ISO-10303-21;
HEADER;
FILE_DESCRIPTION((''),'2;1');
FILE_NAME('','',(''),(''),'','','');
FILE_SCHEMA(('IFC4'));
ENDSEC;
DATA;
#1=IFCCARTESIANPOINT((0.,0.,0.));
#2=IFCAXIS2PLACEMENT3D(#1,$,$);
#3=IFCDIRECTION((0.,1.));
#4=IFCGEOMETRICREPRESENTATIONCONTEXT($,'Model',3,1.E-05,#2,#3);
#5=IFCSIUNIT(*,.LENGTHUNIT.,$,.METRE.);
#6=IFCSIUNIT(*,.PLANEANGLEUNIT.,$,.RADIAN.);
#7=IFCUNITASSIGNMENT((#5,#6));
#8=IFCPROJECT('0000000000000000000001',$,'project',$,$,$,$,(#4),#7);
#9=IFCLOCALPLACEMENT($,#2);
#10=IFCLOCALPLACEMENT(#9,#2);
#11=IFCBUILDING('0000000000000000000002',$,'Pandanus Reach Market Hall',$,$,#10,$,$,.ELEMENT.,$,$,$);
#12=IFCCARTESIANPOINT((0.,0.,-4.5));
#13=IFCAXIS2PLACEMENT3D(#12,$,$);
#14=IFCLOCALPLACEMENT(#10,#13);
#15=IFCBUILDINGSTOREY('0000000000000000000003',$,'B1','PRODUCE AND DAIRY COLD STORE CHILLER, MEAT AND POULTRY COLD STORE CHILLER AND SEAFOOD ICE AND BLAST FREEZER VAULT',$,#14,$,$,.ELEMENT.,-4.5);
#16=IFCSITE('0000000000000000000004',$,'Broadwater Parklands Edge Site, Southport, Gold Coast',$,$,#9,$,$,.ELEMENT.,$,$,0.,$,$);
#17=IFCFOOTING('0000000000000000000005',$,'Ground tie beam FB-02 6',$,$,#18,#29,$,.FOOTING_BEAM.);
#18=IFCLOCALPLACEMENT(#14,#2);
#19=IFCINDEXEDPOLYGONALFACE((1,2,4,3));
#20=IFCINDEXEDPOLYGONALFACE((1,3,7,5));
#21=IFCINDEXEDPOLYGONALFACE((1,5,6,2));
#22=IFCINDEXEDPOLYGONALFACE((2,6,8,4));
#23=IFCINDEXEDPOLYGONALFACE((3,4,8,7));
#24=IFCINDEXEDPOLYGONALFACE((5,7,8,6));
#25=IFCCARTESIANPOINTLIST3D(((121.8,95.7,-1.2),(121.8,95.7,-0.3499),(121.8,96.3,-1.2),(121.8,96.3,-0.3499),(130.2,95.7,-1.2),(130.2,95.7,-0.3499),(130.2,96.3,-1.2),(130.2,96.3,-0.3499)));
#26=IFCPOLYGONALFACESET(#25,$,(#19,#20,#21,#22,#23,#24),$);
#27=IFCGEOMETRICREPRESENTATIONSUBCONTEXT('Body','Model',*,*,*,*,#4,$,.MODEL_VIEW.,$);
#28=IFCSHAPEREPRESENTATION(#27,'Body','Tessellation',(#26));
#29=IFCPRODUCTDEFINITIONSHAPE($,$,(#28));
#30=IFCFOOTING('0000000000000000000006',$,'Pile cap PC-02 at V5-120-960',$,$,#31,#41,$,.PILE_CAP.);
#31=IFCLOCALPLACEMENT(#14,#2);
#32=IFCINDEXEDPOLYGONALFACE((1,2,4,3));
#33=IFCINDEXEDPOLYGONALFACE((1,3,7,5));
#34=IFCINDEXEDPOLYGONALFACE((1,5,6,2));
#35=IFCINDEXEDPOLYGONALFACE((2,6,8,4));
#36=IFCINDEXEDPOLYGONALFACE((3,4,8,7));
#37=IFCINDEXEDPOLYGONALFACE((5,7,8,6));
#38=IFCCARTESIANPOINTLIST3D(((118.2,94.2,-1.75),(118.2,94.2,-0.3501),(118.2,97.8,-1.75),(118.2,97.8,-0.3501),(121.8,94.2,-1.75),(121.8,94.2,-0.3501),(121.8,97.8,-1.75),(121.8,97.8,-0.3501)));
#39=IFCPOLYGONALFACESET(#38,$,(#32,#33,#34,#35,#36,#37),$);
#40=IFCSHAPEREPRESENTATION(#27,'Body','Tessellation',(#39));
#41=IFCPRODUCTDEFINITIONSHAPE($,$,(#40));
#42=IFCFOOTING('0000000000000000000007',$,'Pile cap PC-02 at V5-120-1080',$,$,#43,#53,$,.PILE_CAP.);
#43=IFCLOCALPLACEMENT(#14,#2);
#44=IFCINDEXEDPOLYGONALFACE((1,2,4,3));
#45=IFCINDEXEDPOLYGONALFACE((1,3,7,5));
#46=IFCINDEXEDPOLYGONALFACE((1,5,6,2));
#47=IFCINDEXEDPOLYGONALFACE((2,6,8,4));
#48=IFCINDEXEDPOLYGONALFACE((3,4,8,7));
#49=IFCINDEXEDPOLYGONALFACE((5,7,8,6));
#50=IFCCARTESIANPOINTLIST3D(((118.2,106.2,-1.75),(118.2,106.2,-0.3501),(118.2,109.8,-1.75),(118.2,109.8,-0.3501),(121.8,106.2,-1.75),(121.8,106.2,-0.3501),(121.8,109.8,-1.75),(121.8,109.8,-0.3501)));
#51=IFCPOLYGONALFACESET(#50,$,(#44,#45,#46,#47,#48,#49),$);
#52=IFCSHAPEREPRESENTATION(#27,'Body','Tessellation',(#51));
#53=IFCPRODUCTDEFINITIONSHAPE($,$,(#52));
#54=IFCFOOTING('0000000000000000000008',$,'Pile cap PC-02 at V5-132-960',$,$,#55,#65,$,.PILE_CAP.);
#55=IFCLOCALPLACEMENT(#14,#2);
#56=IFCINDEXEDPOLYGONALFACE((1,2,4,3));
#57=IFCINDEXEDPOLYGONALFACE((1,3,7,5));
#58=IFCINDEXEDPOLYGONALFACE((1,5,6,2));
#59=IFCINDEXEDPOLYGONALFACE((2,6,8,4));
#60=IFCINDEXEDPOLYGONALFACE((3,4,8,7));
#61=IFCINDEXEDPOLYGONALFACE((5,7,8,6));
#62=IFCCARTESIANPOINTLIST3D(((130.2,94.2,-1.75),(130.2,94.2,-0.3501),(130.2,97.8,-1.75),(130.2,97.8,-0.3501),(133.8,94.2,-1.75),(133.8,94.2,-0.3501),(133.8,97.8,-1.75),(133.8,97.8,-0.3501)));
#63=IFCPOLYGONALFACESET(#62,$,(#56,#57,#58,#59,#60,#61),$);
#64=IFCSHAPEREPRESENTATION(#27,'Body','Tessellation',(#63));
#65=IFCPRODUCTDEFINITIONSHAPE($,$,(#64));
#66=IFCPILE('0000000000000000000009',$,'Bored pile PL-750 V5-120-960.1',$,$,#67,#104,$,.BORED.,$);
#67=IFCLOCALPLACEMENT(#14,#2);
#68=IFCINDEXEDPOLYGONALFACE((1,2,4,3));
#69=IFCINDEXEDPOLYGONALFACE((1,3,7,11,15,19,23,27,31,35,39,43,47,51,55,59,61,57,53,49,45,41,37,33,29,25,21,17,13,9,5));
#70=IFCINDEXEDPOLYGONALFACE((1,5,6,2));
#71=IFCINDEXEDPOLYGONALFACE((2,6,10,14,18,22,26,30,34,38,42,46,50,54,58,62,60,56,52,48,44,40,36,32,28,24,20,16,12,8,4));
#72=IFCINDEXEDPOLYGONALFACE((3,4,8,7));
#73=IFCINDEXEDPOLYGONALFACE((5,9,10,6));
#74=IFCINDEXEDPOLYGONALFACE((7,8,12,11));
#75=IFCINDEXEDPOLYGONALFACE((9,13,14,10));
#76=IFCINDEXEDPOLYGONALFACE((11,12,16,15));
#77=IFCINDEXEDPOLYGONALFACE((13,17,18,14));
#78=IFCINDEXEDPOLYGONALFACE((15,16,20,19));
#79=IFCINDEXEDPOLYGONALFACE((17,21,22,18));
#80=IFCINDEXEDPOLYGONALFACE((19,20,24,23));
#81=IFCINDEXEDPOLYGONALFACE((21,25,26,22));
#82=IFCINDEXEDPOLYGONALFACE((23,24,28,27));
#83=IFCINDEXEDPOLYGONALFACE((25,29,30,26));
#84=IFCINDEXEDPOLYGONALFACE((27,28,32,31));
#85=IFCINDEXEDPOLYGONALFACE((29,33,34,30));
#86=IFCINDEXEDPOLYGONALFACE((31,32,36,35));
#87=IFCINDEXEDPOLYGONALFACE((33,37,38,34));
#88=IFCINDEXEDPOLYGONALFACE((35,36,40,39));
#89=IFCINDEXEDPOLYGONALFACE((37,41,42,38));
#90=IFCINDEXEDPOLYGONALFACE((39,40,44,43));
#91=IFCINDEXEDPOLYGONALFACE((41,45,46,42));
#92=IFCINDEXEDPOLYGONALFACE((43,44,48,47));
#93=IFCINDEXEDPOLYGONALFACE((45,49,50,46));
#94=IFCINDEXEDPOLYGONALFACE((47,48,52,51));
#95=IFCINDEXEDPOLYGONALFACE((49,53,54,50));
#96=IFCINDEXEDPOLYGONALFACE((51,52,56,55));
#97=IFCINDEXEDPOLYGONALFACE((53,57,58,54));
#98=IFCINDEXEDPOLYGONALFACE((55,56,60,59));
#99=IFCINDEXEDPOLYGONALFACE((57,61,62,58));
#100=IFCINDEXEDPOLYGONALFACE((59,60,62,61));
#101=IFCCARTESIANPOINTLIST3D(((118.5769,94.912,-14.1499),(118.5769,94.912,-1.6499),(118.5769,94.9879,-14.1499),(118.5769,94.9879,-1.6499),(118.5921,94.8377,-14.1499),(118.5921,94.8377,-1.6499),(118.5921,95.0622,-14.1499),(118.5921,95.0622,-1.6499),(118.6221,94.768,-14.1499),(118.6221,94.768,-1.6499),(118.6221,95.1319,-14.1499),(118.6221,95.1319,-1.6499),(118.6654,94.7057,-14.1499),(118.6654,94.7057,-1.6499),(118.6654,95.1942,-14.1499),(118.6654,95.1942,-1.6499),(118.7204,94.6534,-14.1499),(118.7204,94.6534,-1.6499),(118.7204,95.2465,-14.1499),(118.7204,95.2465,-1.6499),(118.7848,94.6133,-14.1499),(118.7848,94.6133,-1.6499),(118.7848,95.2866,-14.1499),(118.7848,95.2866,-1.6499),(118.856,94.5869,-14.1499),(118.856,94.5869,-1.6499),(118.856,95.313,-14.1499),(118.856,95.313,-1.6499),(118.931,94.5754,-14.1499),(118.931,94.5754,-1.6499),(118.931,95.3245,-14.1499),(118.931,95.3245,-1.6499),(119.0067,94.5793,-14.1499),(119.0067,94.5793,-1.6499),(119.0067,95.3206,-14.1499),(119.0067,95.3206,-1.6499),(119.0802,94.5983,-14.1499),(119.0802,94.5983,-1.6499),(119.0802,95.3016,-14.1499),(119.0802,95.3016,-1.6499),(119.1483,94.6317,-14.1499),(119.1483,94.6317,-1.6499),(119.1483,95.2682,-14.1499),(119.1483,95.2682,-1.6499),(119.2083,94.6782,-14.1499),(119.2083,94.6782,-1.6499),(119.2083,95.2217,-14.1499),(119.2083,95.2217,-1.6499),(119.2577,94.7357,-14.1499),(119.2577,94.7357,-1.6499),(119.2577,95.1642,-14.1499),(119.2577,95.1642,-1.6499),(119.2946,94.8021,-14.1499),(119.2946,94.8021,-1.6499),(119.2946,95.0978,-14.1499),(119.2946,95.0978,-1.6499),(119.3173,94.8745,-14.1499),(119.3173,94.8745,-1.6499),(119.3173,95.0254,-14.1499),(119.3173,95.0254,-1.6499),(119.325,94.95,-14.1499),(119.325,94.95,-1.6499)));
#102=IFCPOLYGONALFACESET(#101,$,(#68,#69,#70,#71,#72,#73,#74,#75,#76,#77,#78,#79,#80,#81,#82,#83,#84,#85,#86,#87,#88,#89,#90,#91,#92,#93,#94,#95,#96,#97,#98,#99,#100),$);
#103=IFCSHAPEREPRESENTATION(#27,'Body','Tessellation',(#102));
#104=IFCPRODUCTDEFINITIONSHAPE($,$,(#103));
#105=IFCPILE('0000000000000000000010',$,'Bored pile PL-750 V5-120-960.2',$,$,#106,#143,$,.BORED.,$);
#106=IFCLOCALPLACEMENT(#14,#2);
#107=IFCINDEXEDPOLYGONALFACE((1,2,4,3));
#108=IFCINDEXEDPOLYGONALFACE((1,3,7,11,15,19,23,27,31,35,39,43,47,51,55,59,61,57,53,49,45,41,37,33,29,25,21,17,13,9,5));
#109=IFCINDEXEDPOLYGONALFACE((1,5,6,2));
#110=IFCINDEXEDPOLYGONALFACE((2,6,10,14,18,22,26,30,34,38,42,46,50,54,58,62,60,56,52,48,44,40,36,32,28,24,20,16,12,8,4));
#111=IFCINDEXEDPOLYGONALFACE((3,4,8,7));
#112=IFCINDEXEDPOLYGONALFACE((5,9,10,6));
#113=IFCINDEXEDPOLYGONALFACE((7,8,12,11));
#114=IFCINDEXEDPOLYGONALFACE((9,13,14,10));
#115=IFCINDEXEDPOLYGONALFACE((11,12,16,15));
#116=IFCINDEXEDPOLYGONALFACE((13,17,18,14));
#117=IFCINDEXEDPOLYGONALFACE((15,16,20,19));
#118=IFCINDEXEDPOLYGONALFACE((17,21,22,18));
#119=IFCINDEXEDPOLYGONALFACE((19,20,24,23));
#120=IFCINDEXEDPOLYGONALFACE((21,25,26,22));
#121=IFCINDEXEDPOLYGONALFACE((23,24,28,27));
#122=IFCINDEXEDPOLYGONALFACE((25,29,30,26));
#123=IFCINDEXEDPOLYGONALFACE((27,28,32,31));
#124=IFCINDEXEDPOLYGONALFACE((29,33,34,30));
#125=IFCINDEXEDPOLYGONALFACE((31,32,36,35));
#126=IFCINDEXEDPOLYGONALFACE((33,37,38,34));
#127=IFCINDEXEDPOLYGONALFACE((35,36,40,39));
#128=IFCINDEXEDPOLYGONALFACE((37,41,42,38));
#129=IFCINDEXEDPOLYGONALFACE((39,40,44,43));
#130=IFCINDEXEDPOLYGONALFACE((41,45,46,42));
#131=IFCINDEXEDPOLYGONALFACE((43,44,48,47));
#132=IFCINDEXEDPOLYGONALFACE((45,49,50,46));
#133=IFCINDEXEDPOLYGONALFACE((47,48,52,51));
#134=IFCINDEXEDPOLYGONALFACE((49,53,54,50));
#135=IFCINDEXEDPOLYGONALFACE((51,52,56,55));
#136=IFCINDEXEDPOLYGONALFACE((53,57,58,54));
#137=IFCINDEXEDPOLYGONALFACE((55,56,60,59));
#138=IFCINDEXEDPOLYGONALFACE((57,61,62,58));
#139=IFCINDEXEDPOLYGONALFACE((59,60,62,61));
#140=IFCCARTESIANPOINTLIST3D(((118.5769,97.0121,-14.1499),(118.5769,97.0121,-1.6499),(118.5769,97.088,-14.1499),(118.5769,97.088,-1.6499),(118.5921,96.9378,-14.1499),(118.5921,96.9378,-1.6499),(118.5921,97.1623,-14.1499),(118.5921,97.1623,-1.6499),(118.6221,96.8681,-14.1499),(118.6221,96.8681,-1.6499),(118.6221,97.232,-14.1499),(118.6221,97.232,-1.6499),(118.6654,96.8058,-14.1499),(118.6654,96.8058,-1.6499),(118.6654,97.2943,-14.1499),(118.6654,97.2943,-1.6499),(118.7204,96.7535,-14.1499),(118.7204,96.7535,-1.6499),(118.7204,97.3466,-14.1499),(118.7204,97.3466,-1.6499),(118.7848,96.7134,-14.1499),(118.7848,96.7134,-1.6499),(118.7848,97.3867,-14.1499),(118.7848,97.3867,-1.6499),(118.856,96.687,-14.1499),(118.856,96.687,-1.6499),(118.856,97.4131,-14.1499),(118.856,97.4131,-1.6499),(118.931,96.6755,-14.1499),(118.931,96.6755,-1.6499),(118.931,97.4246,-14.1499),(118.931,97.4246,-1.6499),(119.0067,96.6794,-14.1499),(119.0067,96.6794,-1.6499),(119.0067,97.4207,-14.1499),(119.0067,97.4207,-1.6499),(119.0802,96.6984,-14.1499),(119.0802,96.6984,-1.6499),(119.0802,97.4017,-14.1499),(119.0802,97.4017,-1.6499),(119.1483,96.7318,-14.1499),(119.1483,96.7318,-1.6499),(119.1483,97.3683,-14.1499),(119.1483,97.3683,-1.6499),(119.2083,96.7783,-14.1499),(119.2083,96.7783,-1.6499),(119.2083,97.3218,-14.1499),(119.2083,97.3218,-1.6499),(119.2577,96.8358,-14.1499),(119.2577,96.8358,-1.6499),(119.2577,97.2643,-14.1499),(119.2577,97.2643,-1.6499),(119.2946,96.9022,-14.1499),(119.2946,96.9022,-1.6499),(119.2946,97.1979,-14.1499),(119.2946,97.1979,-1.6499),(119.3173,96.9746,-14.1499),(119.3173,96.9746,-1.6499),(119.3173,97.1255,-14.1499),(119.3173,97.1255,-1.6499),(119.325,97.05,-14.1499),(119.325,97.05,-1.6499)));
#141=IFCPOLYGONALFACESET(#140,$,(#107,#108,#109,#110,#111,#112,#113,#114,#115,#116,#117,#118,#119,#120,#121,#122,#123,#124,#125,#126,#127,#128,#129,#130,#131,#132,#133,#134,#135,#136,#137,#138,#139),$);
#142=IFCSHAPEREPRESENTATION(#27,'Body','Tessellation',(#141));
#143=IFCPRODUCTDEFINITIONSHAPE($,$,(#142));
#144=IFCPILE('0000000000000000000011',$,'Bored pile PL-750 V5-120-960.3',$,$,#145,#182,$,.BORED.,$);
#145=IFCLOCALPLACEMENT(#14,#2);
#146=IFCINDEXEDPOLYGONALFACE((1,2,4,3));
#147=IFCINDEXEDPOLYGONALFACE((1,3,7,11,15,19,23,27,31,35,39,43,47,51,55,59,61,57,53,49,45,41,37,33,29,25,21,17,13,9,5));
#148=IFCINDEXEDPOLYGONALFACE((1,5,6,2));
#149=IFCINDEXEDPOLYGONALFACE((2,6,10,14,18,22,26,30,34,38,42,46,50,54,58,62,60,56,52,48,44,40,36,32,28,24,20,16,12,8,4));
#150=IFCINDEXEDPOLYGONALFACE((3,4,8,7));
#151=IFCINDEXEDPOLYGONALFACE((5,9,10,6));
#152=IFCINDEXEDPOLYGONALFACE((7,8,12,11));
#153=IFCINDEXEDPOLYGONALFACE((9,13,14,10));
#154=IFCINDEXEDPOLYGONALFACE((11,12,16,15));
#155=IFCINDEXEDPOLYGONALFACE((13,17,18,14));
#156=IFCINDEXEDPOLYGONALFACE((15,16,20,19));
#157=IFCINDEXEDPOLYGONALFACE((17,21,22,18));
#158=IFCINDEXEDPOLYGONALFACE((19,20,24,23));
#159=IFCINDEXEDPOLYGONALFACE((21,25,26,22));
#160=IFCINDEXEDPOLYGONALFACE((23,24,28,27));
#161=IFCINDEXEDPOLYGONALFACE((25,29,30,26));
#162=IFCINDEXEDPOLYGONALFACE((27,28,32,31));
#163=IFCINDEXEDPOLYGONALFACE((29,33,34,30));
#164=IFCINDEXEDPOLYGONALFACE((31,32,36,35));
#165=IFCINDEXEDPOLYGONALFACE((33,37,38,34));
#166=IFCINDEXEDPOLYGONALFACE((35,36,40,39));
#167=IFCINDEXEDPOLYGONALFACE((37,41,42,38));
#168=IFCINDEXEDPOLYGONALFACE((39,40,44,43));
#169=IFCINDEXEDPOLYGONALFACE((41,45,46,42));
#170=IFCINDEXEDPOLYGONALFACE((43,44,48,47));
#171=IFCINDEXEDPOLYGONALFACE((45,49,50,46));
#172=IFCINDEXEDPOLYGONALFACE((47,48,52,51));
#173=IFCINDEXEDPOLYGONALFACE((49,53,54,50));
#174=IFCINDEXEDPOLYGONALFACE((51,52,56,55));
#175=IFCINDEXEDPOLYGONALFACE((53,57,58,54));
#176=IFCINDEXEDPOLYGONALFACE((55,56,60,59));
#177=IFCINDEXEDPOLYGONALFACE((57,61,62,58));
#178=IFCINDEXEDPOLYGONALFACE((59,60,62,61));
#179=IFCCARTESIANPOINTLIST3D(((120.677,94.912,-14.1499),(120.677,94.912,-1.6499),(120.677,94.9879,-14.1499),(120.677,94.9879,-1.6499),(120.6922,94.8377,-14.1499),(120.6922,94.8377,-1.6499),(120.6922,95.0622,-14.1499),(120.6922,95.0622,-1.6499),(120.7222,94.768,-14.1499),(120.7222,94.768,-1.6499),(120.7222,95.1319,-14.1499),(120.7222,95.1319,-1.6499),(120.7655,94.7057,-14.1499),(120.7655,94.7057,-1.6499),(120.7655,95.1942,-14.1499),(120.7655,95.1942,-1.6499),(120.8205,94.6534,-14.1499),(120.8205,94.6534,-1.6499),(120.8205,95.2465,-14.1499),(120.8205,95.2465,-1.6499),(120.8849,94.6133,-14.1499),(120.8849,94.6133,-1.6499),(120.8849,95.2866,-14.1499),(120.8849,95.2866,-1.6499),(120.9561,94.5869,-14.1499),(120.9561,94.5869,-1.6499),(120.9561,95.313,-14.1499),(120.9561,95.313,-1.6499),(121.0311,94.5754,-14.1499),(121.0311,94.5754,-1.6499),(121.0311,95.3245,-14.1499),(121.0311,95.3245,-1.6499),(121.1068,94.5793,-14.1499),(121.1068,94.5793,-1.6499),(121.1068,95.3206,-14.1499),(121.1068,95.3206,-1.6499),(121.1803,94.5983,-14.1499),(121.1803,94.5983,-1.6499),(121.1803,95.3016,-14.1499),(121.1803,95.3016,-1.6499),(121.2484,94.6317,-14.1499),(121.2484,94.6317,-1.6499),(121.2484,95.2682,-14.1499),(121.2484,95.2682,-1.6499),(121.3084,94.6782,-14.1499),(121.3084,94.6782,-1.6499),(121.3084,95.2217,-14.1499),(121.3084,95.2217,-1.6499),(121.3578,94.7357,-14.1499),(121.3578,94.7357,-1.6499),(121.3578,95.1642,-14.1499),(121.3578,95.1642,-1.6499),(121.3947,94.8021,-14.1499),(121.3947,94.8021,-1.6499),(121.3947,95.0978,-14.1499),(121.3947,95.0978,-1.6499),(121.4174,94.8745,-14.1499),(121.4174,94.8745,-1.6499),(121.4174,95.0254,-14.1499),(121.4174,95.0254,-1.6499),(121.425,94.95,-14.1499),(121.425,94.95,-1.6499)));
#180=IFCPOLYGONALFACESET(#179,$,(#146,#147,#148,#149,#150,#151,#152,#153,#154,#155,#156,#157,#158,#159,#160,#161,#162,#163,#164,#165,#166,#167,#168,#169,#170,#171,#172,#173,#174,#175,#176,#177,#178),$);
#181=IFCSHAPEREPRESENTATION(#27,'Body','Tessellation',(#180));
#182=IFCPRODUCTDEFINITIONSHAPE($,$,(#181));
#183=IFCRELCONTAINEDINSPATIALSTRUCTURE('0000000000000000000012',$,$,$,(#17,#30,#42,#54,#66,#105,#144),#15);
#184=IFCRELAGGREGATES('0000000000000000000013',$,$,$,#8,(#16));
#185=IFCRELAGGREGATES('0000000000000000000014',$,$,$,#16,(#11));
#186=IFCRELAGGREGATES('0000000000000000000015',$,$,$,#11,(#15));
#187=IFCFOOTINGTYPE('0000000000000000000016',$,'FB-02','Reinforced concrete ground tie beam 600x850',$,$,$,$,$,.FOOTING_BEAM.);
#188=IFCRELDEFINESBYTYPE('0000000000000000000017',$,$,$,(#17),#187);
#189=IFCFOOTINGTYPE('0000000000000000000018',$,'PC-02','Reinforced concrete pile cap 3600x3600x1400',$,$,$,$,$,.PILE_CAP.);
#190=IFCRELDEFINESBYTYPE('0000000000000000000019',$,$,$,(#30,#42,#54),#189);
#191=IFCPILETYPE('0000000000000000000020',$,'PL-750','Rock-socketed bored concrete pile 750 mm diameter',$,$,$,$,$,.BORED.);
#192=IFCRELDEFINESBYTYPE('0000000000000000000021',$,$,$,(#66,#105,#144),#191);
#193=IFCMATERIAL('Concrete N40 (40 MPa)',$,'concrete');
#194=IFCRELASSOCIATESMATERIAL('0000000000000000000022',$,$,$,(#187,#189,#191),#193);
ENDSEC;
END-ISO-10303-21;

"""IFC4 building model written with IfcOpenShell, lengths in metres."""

from ifc_helpers import new_model, si_unit, direction, frame, origin, origin_2d, place, context, subcontext, project, spatial, rectangle, circle, extrude, material, material_profile, profile_set, type_object, element, save


model = new_model("IFC4")

# Units and contexts
model_context = context("Model", 3, precision=1e-05, world=origin(), true_north=direction((0.0, 1.0)))
body_context = subcontext(model_context, "Body", "Model", "MODEL_VIEW")
ifc_project = project(units=[si_unit("LENGTHUNIT", "METRE"), si_unit("PLANEANGLEUNIT", "RADIAN")], contexts=[model_context])

# Site, building, storey
site_placement = place(None, origin())
site = spatial("IfcSite", under=ifc_project, at=site_placement, Name="Broadwater Parklands Edge Site, Southport, Gold Coast", CompositionType="ELEMENT", RefElevation=0.0)
building_placement = place(site_placement, origin())
building = spatial("IfcBuilding", under=site, at=building_placement, Name="Pandanus Reach Market Hall", CompositionType="ELEMENT")
storey_placement = place(building_placement, frame((0.0, 0.0, -4.5)))
storey = spatial("IfcBuildingStorey", under=building, at=storey_placement, Name="B1", Description="PRODUCE AND DAIRY COLD STORE CHILLER, MEAT AND POULTRY COLD STORE CHILLER AND SEAFOOD ICE AND BLAST FREEZER VAULT", CompositionType="ELEMENT", Elevation=-4.5)

# Footings
ifc_material_1 = material(Name="Concrete N40 (40 MPa)", Category="concrete")
footing_type_1 = type_object("IfcFootingType", Name="FB-02", Description="Reinforced concrete ground tie beam 600x850", PredefinedType="FOOTING_BEAM", material=ifc_material_1)
footing_placement = place(storey_placement, frame((126.0, 96.0, -1.2), z_axis=(0.0, 0.0, 1.0), x_axis=(1.0, 0.0, 0.0)))
element("IfcFooting", 1, at=footing_placement, inside=storey, type_object=footing_type_1, Name="Ground tie beam FB-02 6", PredefinedType="FOOTING_BEAM", context=body_context, shape_type="SweptSolid", body=[
    extrude(rectangle(XDim=8.3999, YDim=0.6001, at=origin_2d()), origin(), (0.0, 0.0, 1.0), 0.8501),
])
footing_type_2 = type_object("IfcFootingType", Name="PC-02", Description="Reinforced concrete pile cap 3600x3600x1400", PredefinedType="PILE_CAP", material=ifc_material_1)
for number, where, z_axis, x_axis, name in (
    (2, (120.0, 96.0, -1.75), (0.0, 0.0, 1.0), (1.0, 0.0, 0.0), "Pile cap PC-02 at V5-120-960"),
    (3, (120.0, 108.0, -1.75), (0.0, 0.0, 1.0), (1.0, 0.0, 0.0), "Pile cap PC-02 at V5-120-1080"),
    (4, (132.0, 96.0, -1.75), (0.0, 0.0, 1.0), (1.0, 0.0, 0.0), "Pile cap PC-02 at V5-132-960"),
):
    element("IfcFooting", number, at=place(storey_placement, frame(where, z_axis=z_axis, x_axis=x_axis)), inside=storey, type_object=footing_type_2, Name=name, PredefinedType="PILE_CAP", context=body_context, shape_type="SweptSolid", body=[
        extrude(rectangle(XDim=3.6001, YDim=3.6001, at=origin_2d()), origin(), (0.0, 0.0, 1.0), 1.3999),
    ])

# Piles
ifc_material_profile_1 = material_profile(ifc_material_1, circle(Radius=0.375, at=origin_2d()), Name="PILE-750D", Category="LoadBearing")
ifc_profile_set_1 = profile_set([ifc_material_profile_1], Name="Concrete N40 (40 MPa)")
pile_type = type_object("IfcPileType", Name="PL-750", Description="Rock-socketed bored concrete pile 750 mm diameter", PredefinedType="BORED", material=ifc_profile_set_1)
for number, where, z_axis, x_axis, name in (
    (5, (118.95, 94.95, -1.6499), (0.0, 0.0, -1.0), (1.0, 0.0, 0.0), "Bored pile PL-750 V5-120-960.1"),
    (6, (118.95, 97.05, -1.6499), (0.0, 0.0, -1.0), (1.0, 0.0, 0.0), "Bored pile PL-750 V5-120-960.2"),
    (7, (121.05, 94.95, -1.6499), (0.0, 0.0, -1.0), (1.0, 0.0, 0.0), "Bored pile PL-750 V5-120-960.3"),
):
    element("IfcPile", number, at=place(storey_placement, frame(where, z_axis=z_axis, x_axis=x_axis)), inside=storey, type_object=pile_type, Name=name, PredefinedType="BORED", context=body_context, shape_type="SweptSolid", body=[
        extrude(circle(Radius=0.375, at=origin_2d()), origin(), (0.0, 0.0, 1.0), 12.5),
    ])

save(model, "model.ifc")
